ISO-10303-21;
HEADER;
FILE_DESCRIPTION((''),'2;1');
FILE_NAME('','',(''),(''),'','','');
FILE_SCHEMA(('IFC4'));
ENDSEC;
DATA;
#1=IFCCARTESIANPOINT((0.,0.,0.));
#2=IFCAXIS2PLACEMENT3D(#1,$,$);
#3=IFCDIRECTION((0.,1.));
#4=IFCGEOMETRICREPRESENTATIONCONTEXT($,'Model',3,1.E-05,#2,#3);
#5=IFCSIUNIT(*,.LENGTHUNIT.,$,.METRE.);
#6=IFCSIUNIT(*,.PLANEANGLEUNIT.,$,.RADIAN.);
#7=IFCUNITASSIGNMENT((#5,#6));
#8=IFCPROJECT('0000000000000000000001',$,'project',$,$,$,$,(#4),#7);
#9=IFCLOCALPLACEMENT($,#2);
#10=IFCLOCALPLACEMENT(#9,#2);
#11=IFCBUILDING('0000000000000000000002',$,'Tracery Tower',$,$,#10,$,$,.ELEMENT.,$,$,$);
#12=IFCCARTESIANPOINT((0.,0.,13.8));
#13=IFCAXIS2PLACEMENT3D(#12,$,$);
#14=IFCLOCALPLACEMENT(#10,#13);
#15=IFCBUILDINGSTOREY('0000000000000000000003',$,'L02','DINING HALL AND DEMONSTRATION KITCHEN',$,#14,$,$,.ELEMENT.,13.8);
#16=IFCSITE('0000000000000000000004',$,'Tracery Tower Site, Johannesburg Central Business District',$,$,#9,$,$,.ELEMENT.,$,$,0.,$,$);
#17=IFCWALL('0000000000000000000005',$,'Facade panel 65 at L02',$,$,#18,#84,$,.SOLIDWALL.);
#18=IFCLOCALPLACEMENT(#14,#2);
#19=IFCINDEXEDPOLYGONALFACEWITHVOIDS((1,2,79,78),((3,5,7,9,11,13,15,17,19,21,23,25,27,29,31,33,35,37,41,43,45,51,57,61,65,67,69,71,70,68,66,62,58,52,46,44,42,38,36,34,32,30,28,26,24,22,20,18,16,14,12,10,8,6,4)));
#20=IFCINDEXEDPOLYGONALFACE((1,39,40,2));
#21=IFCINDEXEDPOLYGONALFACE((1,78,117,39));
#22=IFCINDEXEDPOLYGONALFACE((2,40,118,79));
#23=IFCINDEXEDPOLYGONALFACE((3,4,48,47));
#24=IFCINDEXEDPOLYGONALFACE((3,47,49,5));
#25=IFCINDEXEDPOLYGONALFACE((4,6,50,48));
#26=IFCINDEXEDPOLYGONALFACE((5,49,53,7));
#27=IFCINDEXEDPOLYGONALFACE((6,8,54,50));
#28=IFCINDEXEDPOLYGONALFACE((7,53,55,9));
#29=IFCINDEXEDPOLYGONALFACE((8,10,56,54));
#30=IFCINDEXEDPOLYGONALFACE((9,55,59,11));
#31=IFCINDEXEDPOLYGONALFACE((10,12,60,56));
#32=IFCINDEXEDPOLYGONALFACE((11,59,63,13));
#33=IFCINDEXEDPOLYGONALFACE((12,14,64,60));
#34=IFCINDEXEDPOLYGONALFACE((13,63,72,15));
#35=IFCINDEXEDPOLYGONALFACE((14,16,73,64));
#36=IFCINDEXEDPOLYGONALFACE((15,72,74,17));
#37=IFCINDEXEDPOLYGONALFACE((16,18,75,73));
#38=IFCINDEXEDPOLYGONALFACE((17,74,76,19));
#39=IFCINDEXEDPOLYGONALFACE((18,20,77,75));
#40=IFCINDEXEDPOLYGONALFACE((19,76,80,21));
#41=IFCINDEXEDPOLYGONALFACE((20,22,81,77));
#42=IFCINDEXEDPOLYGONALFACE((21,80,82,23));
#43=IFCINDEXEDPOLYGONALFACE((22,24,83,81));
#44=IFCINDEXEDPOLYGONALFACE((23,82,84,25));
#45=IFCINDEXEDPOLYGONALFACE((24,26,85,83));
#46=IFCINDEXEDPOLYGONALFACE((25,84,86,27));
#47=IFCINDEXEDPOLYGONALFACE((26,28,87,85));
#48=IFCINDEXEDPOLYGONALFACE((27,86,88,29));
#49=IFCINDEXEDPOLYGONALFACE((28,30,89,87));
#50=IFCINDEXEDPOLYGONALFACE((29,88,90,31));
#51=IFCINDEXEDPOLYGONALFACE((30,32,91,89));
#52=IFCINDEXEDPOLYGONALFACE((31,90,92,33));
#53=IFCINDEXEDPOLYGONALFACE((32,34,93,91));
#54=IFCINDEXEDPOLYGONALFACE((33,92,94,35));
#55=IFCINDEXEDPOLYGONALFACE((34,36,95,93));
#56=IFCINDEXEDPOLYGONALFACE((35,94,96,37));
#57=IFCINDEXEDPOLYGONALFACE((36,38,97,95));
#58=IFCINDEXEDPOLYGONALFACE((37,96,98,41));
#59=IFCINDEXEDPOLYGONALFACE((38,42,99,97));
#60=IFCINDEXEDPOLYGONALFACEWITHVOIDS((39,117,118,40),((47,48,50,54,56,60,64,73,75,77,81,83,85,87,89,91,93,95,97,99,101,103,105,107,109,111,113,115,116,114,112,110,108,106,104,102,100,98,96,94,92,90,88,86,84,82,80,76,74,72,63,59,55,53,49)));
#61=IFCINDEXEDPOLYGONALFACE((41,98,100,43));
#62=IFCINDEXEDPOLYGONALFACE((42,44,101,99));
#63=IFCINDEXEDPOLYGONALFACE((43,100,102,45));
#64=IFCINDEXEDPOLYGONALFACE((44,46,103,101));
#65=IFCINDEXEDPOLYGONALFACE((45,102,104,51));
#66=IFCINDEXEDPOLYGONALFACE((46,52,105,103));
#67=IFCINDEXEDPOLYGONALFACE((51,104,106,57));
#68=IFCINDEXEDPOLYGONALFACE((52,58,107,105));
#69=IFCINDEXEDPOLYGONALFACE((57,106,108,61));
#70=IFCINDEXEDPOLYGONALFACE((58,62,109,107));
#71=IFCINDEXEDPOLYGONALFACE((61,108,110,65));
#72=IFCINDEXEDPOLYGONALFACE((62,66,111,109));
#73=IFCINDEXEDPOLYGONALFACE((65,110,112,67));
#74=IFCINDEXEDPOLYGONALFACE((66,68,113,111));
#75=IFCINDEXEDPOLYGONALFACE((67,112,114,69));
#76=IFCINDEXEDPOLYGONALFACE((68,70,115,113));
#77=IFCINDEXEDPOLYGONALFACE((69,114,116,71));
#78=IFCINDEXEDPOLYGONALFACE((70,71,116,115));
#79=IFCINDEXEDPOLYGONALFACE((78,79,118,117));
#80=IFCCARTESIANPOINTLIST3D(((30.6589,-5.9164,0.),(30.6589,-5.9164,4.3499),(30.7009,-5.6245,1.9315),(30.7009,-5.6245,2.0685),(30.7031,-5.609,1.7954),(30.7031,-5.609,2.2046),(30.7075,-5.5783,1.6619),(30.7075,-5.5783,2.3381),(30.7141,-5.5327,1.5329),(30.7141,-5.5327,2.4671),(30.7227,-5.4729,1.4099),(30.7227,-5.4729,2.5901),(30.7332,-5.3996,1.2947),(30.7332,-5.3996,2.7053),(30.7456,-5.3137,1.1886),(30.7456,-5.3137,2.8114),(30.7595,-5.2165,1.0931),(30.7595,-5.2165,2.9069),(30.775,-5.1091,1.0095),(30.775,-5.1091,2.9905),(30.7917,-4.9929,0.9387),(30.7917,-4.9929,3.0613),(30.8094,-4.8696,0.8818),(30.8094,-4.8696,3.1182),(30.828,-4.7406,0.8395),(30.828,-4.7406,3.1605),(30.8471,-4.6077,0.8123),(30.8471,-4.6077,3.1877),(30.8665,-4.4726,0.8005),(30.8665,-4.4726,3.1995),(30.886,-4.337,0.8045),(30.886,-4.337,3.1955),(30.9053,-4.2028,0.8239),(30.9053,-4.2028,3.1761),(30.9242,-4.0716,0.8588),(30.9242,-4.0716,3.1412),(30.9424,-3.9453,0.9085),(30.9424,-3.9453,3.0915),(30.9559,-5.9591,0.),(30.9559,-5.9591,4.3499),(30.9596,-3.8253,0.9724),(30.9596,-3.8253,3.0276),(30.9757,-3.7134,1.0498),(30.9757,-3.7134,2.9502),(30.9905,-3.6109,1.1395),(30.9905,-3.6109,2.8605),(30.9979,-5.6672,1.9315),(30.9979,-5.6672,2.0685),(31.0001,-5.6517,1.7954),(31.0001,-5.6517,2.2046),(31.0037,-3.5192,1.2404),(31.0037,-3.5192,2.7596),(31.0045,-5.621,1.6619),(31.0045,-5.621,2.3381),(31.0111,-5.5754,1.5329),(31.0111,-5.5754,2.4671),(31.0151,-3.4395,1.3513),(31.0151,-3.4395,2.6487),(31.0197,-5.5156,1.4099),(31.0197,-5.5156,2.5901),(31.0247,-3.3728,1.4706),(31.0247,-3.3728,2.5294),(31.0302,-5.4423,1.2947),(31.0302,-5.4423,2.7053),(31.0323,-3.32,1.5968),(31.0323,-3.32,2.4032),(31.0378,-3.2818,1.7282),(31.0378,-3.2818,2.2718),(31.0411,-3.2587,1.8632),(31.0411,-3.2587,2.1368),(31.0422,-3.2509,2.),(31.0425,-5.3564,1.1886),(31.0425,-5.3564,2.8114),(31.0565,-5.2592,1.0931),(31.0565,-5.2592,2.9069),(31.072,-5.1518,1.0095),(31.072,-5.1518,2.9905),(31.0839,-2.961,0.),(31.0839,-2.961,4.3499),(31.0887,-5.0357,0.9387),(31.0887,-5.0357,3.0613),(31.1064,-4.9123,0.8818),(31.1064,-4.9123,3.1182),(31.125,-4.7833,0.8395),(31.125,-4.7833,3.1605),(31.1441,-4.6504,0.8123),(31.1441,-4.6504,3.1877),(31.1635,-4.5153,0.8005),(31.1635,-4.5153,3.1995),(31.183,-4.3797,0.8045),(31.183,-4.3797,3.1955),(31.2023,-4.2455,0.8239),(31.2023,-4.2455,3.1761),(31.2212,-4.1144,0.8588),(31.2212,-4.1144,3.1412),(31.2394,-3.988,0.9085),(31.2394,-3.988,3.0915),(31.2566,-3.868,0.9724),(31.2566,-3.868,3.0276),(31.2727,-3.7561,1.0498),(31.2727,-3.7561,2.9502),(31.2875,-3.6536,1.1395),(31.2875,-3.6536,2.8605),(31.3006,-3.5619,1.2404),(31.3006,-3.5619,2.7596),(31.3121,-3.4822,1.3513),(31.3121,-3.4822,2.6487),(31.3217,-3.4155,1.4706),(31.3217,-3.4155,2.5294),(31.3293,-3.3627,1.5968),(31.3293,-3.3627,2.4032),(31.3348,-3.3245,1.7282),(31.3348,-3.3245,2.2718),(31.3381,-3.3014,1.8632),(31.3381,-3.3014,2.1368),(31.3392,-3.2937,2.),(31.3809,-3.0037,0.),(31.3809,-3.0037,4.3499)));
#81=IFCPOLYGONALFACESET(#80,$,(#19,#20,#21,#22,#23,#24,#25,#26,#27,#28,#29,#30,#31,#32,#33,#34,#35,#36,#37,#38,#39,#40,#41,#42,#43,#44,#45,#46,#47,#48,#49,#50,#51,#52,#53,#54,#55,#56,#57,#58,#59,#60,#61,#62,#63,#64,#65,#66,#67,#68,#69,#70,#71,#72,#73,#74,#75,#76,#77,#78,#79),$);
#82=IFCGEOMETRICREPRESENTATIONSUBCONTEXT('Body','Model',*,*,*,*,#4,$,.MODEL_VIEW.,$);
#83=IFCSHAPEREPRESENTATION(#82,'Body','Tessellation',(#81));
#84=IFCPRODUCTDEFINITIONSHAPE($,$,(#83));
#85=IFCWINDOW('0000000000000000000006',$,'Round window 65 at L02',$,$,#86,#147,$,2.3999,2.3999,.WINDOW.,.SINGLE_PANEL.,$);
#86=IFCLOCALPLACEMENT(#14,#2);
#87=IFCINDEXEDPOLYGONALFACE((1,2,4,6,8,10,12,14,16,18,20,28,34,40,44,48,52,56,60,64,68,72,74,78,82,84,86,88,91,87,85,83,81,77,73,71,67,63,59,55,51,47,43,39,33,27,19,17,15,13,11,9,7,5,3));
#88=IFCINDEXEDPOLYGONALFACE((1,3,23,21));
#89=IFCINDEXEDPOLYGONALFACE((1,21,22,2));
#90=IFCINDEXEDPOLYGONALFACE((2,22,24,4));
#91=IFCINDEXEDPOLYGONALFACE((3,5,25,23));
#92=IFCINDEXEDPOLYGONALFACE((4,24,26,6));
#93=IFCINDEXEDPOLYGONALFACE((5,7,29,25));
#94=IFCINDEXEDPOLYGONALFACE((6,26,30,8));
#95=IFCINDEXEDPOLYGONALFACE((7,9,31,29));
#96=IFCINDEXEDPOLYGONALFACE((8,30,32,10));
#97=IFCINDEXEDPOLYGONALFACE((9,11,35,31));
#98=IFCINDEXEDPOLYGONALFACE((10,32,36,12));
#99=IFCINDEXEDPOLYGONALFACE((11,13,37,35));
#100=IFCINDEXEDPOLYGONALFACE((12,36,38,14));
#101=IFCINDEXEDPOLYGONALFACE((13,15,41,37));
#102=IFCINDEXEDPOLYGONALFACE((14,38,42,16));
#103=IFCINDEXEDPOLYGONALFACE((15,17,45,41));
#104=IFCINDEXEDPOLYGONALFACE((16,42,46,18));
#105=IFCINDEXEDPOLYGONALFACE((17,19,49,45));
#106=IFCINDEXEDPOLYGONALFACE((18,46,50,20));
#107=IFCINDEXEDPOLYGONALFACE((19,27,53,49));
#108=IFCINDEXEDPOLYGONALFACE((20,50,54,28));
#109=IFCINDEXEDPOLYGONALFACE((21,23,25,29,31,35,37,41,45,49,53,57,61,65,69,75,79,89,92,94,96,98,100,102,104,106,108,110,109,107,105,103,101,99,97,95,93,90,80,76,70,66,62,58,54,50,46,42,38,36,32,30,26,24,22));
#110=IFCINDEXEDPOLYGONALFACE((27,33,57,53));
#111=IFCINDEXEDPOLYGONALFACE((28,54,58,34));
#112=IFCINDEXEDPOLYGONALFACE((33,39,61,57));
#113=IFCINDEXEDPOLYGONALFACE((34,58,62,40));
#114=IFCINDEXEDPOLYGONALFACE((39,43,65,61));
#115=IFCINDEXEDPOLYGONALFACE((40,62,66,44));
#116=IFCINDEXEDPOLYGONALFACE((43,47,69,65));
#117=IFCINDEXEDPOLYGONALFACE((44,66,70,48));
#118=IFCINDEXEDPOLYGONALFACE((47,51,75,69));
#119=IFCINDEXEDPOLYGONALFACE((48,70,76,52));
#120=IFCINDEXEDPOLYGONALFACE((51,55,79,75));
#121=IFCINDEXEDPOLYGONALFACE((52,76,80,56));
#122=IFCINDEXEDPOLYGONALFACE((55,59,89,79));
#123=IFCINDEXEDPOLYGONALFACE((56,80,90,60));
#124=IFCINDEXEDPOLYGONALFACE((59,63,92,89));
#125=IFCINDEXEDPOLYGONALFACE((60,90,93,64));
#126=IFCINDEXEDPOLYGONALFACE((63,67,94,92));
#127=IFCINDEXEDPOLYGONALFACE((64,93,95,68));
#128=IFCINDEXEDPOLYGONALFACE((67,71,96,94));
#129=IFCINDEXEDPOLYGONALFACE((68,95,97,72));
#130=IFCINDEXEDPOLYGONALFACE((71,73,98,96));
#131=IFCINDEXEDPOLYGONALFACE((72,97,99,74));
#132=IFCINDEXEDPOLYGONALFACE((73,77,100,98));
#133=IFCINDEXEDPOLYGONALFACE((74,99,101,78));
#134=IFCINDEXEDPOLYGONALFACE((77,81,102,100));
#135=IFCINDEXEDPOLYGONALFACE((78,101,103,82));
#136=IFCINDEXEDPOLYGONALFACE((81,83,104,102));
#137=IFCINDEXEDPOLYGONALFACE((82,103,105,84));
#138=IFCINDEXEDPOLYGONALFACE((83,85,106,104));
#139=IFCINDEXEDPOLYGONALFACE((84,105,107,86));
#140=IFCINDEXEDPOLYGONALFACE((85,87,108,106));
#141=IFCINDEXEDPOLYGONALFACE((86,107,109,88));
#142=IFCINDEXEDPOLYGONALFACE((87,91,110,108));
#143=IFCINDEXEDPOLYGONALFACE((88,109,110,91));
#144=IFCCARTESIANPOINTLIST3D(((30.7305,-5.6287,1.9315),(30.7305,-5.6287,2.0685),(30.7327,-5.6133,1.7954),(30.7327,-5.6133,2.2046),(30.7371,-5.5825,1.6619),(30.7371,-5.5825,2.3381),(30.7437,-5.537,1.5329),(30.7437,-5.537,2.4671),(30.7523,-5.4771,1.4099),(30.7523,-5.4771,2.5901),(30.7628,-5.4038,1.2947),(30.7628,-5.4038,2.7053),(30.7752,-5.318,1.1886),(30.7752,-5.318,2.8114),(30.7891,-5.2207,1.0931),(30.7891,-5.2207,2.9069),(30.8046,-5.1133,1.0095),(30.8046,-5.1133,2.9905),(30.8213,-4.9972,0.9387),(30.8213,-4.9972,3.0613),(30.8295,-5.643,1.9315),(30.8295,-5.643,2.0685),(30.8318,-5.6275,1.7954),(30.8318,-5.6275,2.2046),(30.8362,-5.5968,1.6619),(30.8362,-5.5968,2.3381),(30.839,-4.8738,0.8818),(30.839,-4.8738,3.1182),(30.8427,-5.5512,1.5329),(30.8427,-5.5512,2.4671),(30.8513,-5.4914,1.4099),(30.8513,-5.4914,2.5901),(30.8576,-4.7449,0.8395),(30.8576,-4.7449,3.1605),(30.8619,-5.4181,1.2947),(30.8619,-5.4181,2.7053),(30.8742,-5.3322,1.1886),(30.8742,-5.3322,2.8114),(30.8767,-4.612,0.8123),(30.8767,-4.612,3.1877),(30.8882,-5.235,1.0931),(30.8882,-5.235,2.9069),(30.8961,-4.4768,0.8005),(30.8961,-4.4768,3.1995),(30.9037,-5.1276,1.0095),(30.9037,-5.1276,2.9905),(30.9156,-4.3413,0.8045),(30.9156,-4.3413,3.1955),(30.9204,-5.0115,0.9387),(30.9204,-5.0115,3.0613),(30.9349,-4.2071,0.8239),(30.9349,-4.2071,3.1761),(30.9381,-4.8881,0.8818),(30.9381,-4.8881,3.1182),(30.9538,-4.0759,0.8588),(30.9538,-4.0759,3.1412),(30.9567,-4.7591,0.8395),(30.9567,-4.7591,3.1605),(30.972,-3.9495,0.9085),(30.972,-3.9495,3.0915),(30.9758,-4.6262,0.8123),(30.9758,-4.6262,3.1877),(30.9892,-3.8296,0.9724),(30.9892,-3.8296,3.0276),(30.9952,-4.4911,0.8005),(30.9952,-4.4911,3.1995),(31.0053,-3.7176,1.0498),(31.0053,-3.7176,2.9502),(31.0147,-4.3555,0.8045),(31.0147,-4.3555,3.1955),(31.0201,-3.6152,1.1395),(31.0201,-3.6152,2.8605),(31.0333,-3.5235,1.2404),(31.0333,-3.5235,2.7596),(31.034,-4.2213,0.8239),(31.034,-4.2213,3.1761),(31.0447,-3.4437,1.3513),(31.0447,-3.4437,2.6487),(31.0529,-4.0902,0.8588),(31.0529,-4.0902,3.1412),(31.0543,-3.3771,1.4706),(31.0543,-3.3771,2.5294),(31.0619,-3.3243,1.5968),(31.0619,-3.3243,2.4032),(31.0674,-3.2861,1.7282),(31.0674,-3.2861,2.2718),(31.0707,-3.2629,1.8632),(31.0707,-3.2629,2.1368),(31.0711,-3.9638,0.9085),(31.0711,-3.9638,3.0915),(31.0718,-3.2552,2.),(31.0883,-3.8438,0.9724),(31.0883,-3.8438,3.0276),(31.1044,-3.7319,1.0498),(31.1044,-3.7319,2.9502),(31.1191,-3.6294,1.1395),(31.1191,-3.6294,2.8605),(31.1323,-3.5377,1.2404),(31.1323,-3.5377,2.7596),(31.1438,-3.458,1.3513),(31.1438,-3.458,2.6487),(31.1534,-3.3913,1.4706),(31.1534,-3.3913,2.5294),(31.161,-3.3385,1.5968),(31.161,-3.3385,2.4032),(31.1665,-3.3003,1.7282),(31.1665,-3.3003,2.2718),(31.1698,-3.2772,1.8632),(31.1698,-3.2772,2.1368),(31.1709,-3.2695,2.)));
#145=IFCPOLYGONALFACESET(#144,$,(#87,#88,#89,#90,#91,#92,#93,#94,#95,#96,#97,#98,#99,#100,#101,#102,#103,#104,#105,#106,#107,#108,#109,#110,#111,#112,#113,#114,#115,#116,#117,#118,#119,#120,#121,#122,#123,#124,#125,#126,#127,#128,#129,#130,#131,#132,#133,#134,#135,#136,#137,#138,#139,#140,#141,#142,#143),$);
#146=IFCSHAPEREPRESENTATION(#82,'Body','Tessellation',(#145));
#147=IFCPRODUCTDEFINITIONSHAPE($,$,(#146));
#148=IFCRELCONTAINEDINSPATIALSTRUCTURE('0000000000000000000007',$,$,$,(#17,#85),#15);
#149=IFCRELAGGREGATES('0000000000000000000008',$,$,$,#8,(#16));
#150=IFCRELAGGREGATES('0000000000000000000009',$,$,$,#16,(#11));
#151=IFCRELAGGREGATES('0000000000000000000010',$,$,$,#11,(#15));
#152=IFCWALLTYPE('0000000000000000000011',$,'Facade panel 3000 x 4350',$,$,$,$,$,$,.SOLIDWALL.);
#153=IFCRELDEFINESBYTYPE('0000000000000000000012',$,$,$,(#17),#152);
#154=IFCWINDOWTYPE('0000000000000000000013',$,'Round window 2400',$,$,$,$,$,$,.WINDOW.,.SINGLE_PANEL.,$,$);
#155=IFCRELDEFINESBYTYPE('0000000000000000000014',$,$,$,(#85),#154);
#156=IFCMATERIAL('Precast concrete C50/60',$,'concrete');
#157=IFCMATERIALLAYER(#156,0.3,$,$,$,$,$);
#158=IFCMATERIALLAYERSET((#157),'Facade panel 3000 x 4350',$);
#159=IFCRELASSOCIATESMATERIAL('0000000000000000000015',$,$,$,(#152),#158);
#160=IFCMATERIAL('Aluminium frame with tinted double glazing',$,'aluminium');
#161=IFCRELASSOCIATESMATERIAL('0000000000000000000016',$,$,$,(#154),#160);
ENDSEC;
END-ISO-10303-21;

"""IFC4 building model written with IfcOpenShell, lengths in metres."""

from ifc_helpers import new_model, si_unit, direction, frame, frame_2d, origin, origin_2d, place, context, subcontext, project, spatial, rectangle, circle, extrude, material, layer, layer_set, type_object, element, fill, save


model = new_model("IFC4")

# Units and contexts
model_context = context("Model", 3, precision=1e-05, world=origin(), true_north=direction((0.0, 1.0)))
body_context = subcontext(model_context, "Body", "Model", "MODEL_VIEW")
ifc_project = project(units=[si_unit("LENGTHUNIT", "METRE"), si_unit("PLANEANGLEUNIT", "RADIAN")], contexts=[model_context])

# Site, building, storey
site_placement = place(None, origin())
site = spatial("IfcSite", under=ifc_project, at=site_placement, Name="Tracery Tower Site, Johannesburg Central Business District", CompositionType="ELEMENT", RefElevation=0.0)
building_placement = place(site_placement, origin())
building = spatial("IfcBuilding", under=site, at=building_placement, Name="Tracery Tower", CompositionType="ELEMENT")
storey_placement = place(building_placement, frame((0.0, 0.0, 13.8)))
storey = spatial("IfcBuildingStorey", under=building, at=storey_placement, Name="L02", Description="DINING HALL AND DEMONSTRATION KITCHEN", CompositionType="ELEMENT", Elevation=13.8)

# Wall, opening, window
ifc_material_1 = material(Name="Precast concrete C50/60", Category="concrete")
ifc_layer_1 = layer(ifc_material_1, 0.3)
ifc_layer_set_1 = layer_set([ifc_layer_1], Name="Facade panel 3000 x 4350")
wall_type_1 = type_object("IfcWallType", Name="Facade panel 3000 x 4350", PredefinedType="SOLIDWALL", material=ifc_layer_set_1)
ifc_material_2 = material(Name="Aluminium frame with tinted double glazing", Category="aluminium")
window_type = type_object("IfcWindowType", Name="Round window 2400", PartitioningType="SINGLE_PANEL", PredefinedType="WINDOW", material=ifc_material_2)
wall_1_placement = place(storey_placement, frame((30.8074, -5.9377, 0.0), z_axis=(0.0, 0.0, 1.0), x_axis=(0.14236, 0.989815, 0.0)))
wall_1 = element("IfcWall", 1, at=wall_1_placement, inside=storey, type_object=wall_type_1, Name="Facade panel 65 at L02", PredefinedType="SOLIDWALL", context=body_context, shape_type="SweptSolid", body=[
    extrude(rectangle(XDim=2.9858, YDim=0.3, at=frame_2d((1.4929, 0.0))), origin(), (0.0, 0.0, 1.0), 4.3499),
])
opening_1_placement = place(wall_1_placement, frame((1.4929, 0.0, 2.0)))
opening_1 = element("IfcOpeningElement", 2, at=opening_1_placement, cuts=wall_1, PredefinedType="OPENING", context=body_context, shape_type="SweptSolid", body=[
    extrude(circle(Radius=1.2, at=origin_2d()), frame((0.0, 0.1599, 0.0), z_axis=(0.0, -1.0, 0.0), x_axis=(1.0, 0.0, 0.0)), (0.0, 0.0, 1.0), 0.3201),
])
window_1_placement = place(opening_1_placement, origin())
window_1 = element("IfcWindow", 3, at=window_1_placement, inside=storey, type_object=window_type, Name="Round window 65 at L02", OverallHeight=2.3999, OverallWidth=2.3999, PartitioningType="SINGLE_PANEL", PredefinedType="WINDOW", context=body_context, shape_type="SweptSolid", body=[
    extrude(circle(Radius=1.2, at=origin_2d()), frame((0.0, 0.1201, 0.0), z_axis=(0.0, -1.0, 0.0), x_axis=(1.0, 0.0, 0.0)), (0.0, 0.0, 1.0), 0.1001),
])
fill(opening_1, window_1)

save(model, "model.ifc")
